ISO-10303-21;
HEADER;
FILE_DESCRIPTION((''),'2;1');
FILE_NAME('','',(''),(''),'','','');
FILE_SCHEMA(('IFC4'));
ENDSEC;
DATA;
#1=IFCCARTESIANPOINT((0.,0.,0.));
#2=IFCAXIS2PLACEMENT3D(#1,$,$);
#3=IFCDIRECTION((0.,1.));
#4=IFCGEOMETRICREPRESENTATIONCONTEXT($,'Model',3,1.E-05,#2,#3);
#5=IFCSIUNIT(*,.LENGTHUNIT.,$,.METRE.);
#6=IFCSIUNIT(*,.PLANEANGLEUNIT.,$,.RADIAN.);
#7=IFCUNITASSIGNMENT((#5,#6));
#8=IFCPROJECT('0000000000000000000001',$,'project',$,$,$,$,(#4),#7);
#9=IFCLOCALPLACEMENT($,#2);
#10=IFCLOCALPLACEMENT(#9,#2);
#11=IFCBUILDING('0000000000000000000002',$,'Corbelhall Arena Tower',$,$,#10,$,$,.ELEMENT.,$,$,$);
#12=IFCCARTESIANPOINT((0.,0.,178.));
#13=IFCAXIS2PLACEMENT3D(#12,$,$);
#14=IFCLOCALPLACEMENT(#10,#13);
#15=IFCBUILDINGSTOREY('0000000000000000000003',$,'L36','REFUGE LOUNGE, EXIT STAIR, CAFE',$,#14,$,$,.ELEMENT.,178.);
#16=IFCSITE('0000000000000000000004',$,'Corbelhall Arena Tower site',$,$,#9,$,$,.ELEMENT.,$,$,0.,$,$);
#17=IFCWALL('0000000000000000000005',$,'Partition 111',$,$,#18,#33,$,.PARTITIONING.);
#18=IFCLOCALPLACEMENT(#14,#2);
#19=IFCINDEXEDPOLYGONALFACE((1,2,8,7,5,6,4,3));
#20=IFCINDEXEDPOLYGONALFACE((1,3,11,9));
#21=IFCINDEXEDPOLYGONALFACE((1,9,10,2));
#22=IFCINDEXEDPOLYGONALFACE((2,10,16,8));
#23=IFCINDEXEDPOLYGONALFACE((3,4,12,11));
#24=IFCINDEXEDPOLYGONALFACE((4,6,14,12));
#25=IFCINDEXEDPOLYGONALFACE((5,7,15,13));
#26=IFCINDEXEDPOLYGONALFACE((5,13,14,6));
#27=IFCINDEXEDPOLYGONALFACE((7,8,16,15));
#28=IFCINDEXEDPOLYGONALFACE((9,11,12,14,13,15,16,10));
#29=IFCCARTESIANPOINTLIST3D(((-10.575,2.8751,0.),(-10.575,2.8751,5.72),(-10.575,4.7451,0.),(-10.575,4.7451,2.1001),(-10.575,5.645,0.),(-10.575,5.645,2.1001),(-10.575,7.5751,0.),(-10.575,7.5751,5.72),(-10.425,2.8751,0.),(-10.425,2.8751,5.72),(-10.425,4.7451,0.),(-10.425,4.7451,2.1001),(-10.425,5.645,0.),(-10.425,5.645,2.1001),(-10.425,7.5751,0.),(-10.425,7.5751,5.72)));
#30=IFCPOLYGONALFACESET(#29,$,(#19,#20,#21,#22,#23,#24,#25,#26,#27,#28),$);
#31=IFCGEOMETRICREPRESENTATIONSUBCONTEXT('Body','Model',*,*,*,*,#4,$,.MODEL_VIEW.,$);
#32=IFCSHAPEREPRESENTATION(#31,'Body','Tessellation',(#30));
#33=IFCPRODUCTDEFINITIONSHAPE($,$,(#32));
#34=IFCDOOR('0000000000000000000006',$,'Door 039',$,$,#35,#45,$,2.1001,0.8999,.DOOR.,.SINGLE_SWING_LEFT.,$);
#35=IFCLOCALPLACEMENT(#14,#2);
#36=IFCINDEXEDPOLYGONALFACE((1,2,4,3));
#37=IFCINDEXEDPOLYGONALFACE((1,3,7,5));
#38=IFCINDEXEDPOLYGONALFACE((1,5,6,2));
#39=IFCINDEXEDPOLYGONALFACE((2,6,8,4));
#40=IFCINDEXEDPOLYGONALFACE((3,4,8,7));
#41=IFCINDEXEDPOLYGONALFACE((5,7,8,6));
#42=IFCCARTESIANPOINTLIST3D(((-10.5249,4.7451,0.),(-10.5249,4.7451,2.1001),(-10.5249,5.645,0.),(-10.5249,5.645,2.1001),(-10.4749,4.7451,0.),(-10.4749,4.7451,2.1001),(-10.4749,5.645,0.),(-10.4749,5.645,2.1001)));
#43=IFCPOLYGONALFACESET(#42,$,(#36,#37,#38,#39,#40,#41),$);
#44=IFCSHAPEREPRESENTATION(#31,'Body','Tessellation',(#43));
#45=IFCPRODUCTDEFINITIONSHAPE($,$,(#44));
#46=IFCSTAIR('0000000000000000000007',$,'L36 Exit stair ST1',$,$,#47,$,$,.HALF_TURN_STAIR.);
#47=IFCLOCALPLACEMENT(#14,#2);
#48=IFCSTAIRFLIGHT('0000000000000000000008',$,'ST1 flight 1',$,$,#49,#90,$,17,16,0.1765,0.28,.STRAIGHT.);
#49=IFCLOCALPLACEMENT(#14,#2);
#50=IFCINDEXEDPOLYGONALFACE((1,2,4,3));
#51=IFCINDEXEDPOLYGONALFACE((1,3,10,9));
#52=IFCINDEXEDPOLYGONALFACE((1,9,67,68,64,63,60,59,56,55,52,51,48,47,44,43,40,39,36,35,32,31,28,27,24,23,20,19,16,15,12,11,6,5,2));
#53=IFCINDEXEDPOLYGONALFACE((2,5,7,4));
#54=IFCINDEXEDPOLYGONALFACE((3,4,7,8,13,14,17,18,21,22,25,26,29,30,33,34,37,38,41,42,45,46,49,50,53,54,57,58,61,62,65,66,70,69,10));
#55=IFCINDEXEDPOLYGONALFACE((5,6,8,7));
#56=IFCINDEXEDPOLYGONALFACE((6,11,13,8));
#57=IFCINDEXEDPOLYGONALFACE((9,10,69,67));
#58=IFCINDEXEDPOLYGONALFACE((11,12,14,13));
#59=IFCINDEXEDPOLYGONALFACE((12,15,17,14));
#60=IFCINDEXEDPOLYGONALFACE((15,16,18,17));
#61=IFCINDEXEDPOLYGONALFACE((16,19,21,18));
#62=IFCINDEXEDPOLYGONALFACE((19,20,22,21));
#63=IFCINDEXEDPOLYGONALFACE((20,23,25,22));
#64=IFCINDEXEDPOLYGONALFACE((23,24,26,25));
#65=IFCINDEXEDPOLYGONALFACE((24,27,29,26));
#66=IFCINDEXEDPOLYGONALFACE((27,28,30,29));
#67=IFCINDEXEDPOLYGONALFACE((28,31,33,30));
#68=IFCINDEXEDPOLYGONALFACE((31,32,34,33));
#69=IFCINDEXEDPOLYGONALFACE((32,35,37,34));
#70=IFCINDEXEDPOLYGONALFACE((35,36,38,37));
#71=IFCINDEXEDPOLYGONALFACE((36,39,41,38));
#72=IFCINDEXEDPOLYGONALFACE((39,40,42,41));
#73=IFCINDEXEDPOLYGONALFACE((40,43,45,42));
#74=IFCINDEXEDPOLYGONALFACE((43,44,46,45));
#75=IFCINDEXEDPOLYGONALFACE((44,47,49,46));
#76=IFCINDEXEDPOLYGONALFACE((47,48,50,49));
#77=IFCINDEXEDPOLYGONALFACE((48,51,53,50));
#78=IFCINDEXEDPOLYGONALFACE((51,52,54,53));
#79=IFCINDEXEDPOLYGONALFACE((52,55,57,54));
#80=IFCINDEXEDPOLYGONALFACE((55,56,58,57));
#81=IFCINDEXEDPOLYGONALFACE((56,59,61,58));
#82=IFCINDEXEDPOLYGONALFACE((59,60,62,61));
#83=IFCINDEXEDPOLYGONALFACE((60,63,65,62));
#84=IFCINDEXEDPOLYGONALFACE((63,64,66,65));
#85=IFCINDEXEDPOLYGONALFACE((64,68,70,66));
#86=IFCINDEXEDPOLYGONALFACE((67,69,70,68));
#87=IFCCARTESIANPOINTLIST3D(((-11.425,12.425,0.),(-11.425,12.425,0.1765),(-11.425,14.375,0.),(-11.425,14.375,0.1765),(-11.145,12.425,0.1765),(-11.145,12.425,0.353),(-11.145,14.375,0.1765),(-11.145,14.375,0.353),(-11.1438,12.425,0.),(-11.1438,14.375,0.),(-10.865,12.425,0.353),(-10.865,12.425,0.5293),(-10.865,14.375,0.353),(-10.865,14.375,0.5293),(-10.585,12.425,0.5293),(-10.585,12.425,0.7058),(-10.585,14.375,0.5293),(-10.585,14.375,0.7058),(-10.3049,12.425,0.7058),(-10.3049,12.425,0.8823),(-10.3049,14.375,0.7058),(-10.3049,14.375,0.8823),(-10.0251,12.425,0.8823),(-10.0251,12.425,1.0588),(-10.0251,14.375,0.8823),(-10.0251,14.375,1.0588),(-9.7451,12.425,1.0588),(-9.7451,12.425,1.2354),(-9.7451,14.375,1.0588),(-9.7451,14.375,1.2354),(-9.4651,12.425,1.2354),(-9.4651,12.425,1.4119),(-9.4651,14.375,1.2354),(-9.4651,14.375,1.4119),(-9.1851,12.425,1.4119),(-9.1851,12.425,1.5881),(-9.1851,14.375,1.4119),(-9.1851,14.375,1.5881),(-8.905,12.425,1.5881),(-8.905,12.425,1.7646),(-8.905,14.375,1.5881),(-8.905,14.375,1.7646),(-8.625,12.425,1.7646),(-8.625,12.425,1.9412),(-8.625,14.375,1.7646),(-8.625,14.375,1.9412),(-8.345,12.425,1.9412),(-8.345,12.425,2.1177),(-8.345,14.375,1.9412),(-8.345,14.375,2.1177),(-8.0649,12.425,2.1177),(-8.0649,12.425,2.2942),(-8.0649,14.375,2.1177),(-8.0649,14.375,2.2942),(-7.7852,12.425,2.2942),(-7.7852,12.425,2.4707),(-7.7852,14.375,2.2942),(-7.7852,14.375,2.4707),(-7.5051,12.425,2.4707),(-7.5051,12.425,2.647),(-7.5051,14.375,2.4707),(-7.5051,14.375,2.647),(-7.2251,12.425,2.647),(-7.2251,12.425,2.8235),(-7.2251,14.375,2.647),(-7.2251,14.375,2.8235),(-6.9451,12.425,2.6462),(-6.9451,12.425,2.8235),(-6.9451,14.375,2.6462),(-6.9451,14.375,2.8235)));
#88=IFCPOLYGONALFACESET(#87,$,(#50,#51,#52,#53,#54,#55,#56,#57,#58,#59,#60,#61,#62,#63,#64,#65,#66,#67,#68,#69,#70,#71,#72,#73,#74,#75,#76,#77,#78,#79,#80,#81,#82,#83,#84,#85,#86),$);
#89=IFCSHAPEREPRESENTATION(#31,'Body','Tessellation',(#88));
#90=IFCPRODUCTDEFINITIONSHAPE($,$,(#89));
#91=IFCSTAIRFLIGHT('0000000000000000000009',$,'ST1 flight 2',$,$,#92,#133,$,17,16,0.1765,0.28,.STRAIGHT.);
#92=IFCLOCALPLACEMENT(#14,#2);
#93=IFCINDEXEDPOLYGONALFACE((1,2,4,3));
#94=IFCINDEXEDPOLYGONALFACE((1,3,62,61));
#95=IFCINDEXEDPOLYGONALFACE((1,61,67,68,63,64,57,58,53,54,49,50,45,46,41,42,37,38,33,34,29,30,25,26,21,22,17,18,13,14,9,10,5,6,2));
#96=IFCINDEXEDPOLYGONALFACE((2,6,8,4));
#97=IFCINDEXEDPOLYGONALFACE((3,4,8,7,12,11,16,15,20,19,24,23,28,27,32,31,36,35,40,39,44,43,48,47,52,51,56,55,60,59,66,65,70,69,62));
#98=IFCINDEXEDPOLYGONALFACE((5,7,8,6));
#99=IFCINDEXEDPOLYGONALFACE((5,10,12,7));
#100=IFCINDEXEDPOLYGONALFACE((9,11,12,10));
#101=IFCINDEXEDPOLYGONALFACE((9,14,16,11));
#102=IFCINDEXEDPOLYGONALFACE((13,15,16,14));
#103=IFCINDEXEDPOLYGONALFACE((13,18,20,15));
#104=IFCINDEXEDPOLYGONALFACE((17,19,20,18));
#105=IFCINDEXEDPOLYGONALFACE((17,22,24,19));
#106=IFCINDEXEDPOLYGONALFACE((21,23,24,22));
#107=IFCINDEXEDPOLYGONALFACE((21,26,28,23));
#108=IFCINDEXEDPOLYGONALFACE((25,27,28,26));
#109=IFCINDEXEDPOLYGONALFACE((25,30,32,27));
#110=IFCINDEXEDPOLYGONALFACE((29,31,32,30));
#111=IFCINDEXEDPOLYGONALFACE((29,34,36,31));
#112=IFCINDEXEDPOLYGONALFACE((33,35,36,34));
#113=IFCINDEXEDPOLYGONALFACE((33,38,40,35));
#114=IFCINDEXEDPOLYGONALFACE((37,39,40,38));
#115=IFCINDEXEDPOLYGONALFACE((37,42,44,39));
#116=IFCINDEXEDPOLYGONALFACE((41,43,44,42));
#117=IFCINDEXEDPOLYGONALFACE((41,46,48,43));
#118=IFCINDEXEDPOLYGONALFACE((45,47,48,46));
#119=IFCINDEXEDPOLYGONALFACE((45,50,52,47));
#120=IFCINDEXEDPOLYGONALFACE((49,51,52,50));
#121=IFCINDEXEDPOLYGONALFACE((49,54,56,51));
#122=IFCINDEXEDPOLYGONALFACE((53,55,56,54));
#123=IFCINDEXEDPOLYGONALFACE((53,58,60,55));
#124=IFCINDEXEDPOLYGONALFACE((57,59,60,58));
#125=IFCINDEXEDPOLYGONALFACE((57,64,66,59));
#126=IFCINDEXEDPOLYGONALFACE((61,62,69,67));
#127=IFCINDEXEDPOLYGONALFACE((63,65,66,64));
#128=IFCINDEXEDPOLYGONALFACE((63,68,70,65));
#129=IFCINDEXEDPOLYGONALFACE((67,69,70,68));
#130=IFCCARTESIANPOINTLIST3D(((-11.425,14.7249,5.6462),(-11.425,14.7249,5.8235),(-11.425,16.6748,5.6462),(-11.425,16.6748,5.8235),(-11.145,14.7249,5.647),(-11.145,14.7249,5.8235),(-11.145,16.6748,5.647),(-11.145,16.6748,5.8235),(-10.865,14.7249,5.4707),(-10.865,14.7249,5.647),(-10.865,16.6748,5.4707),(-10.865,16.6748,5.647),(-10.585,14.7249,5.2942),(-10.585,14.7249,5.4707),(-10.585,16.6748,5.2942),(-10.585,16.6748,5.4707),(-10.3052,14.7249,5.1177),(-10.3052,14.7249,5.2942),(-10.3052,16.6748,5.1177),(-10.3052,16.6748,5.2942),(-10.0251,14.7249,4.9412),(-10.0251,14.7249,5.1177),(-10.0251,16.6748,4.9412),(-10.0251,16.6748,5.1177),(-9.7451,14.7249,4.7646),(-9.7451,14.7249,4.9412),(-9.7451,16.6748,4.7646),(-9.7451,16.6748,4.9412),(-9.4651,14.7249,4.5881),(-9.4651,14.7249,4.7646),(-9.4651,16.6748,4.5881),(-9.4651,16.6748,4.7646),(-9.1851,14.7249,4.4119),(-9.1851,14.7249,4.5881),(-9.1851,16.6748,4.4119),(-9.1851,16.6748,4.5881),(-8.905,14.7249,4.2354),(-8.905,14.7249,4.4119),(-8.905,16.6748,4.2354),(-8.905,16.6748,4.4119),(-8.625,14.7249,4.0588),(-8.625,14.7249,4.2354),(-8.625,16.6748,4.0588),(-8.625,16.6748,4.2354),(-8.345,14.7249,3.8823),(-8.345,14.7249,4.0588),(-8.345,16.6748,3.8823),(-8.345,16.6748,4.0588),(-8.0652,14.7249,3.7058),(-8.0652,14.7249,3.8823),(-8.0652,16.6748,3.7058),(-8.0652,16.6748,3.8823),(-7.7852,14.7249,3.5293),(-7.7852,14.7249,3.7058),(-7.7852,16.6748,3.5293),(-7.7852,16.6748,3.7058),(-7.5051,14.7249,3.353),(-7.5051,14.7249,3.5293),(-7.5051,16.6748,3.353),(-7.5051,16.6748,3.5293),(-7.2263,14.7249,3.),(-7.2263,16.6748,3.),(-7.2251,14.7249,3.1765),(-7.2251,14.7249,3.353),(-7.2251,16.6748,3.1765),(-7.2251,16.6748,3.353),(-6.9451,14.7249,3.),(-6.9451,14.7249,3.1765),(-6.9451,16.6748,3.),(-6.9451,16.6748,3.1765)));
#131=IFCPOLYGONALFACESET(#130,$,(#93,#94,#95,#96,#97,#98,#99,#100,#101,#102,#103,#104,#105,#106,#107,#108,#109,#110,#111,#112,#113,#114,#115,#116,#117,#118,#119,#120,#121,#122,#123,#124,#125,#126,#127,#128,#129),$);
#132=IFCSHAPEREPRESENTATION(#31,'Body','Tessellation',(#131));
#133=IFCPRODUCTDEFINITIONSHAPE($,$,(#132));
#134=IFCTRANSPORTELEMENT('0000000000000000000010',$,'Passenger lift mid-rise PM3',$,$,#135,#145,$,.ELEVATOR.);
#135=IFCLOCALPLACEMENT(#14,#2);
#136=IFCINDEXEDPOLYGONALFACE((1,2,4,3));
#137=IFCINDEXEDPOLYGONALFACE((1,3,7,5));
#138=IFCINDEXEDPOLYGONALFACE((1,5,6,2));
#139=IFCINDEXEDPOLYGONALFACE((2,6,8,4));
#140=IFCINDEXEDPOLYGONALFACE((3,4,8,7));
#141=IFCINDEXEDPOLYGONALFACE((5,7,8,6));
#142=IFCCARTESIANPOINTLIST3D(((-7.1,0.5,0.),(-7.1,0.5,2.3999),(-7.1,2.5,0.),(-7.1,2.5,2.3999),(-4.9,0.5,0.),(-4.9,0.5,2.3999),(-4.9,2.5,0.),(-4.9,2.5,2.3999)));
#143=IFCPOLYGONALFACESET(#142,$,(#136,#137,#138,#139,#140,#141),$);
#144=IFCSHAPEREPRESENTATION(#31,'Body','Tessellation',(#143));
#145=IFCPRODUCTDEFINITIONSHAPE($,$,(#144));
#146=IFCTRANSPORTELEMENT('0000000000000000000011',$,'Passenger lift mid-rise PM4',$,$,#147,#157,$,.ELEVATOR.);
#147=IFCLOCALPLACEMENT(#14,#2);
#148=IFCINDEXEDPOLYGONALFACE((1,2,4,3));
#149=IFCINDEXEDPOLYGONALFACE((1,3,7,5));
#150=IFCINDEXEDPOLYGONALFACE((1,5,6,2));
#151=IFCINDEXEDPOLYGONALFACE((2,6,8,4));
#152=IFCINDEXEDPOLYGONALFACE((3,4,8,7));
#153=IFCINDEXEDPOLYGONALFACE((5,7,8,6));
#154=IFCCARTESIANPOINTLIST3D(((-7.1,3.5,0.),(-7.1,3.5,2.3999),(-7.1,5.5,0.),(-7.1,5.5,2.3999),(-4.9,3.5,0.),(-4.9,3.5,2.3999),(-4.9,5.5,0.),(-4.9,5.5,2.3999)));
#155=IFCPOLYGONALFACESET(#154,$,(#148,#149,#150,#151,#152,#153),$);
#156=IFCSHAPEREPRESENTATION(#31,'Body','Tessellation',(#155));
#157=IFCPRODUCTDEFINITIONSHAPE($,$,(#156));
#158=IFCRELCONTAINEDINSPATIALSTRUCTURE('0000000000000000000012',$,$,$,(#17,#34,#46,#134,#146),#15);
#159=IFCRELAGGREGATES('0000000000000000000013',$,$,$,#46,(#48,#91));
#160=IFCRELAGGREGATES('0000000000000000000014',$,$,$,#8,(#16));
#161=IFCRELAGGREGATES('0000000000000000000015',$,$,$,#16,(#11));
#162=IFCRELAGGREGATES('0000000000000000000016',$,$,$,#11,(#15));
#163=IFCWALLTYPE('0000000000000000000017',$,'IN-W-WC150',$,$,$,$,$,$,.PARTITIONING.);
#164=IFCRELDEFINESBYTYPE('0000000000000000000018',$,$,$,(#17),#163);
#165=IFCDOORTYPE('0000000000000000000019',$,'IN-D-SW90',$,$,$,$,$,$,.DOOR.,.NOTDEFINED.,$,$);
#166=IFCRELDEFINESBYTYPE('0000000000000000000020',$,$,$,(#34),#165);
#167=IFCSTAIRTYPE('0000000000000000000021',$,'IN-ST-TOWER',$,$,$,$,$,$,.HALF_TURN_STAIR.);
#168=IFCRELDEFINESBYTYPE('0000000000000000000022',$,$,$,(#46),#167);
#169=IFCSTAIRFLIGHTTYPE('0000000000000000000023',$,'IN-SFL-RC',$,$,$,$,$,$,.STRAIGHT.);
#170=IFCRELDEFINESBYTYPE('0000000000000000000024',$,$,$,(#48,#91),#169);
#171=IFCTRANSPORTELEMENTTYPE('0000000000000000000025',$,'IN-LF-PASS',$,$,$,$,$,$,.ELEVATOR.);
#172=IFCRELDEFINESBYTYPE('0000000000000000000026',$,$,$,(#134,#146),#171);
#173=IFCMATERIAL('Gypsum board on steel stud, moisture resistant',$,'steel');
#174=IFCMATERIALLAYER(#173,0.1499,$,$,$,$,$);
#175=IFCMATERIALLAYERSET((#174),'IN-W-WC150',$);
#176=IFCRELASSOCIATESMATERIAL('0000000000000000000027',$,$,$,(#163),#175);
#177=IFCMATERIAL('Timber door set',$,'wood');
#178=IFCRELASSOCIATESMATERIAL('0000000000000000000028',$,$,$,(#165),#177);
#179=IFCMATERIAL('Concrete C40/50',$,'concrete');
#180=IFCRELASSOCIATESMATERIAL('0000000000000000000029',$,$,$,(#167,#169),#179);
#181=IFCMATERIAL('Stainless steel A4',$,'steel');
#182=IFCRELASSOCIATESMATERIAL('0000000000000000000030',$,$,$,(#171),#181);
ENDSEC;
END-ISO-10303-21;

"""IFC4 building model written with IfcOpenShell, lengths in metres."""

from ifc_helpers import new_model, si_unit, direction, frame, frame_2d, origin, origin_2d, place, context, subcontext, project, spatial, polyline, rectangle, outline, extrude, material, layer, layer_set, type_object, element, fill, aggregate, save


model = new_model("IFC4")

# Units and contexts
model_context = context("Model", 3, precision=1e-05, world=origin(), true_north=direction((0.0, 1.0)))
body_context = subcontext(model_context, "Body", "Model", "MODEL_VIEW")
ifc_project = project(units=[si_unit("LENGTHUNIT", "METRE"), si_unit("PLANEANGLEUNIT", "RADIAN")], contexts=[model_context])

# Site, building, storey
site_placement = place(None, origin())
site = spatial("IfcSite", under=ifc_project, at=site_placement, Name="Corbelhall Arena Tower site", CompositionType="ELEMENT", RefElevation=0.0)
building_placement = place(site_placement, origin())
building = spatial("IfcBuilding", under=site, at=building_placement, Name="Corbelhall Arena Tower", CompositionType="ELEMENT")
storey_placement = place(building_placement, frame((0.0, 0.0, 178.0)))
storey = spatial("IfcBuildingStorey", under=building, at=storey_placement, Name="L36", Description="REFUGE LOUNGE, EXIT STAIR, CAFE", CompositionType="ELEMENT", Elevation=178.0)

# Shared definitions
ifc_material_1 = material(Name="Concrete C40/50", Category="concrete")

# Wall, opening, door
ifc_material_2 = material(Name="Gypsum board on steel stud, moisture resistant", Category="steel")
ifc_layer_1 = layer(ifc_material_2, 0.1499)
ifc_layer_set_1 = layer_set([ifc_layer_1], Name="IN-W-WC150")
wall_type_1 = type_object("IfcWallType", Name="IN-W-WC150", PredefinedType="PARTITIONING", material=ifc_layer_set_1)
wall_1_placement = place(storey_placement, frame((-10.5, 2.875, 0.0), z_axis=(0.0, 0.0, 1.0), x_axis=(0.0, 1.0, 0.0)))
wall_1 = element("IfcWall", 1, at=wall_1_placement, inside=storey, type_object=wall_type_1, Name="Partition 111", PredefinedType="PARTITIONING", context=body_context, shape_type="SweptSolid", body=[
    extrude(rectangle(XDim=4.7, YDim=0.1499, at=frame_2d((2.3501, 0.0))), origin(), (0.0, 0.0, 1.0), 5.72),
])
opening_1_placement = place(wall_1_placement, frame((1.8701, 0.0, 0.0)))
opening_1 = element("IfcOpeningElement", 2, at=opening_1_placement, cuts=wall_1, PredefinedType="OPENING", context=body_context, shape_type="SweptSolid", body=[
    extrude(rectangle(XDim=0.8999, YDim=2.1001, at=frame_2d((0.45, 1.05))), frame((0.0, 0.075, 0.0), z_axis=(0.0, -1.0, 0.0), x_axis=(1.0, 0.0, 0.0)), (0.0, 0.0, 1.0), 0.1499),
])
ifc_material_3 = material(Name="Timber door set", Category="wood")
door_type_1 = type_object("IfcDoorType", Name="IN-D-SW90", OperationType="NOTDEFINED", PredefinedType="DOOR", material=ifc_material_3)
door_1_placement = place(opening_1_placement, origin())
door_1 = element("IfcDoor", 3, at=door_1_placement, inside=storey, type_object=door_type_1, Name="Door 039", OperationType="SINGLE_SWING_LEFT", OverallHeight=2.1001, OverallWidth=0.8999, PredefinedType="DOOR", context=body_context, shape_type="SweptSolid", body=[
    extrude(rectangle(XDim=0.8999, YDim=2.1001, at=frame_2d((0.45, 1.05))), frame((0.0, 0.0249, 0.0), z_axis=(0.0, -1.0, 0.0), x_axis=(1.0, 0.0, 0.0)), (0.0, 0.0, 1.0), 0.05),
])
fill(opening_1, door_1)

# Stair, stair flights
stair_type = type_object("IfcStairType", Name="IN-ST-TOWER", PredefinedType="HALF_TURN_STAIR", material=ifc_material_1)
stair_placement = place(storey_placement, origin())
stair = element("IfcStair", 4, at=stair_placement, inside=storey, type_object=stair_type, Name="L36 Exit stair ST1", PredefinedType="HALF_TURN_STAIR")
stair_flight_type = type_object("IfcStairFlightType", Name="IN-SFL-RC", PredefinedType="STRAIGHT", material=ifc_material_1)
stair_flight_1_placement = place(storey_placement, frame((-11.425, 13.3999, 0.0), z_axis=(0.0, 0.0, 1.0), x_axis=(1.0, 0.0, 0.0)))
stair_flight_1 = element("IfcStairFlight", 5, at=stair_flight_1_placement, type_object=stair_flight_type, Name="ST1 flight 1", NumberOfRisers=17, NumberOfTreads=16, PredefinedType="STRAIGHT", RiserHeight=0.1765, TreadLength=0.28, context=body_context, shape_type="SweptSolid", body=[
    extrude(outline(polyline([(0.0, 0.0), (0.0, 0.1765), (0.28, 0.1765), (0.28, 0.353), (0.5601, 0.353), (0.5601, 0.5293), (0.8401, 0.5293), (0.8401, 0.7058), (1.1201, 0.7058), (1.1201, 0.8823), (1.3999, 0.8823), (1.3999, 1.0588), (1.6799, 1.0588), (1.6799, 1.2354), (1.96, 1.2354), (1.96, 1.4119), (2.24, 1.4119), (2.24, 1.5881), (2.52, 1.5881), (2.52, 1.7646), (2.8, 1.7646), (2.8, 1.9412), (3.0801, 1.9412), (3.0801, 2.1177), (3.3601, 2.1177), (3.3601, 2.2942), (3.6399, 2.2942), (3.6399, 2.4707), (3.9199, 2.4707), (3.9199, 2.647), (4.2, 2.647), (4.2, 2.8235), (4.48, 2.8235), (4.48, 3.0), (4.48, 2.6462), (0.2812, 0.0), (0.0, 0.0)])), frame((0.0, 0.9751, 0.0), z_axis=(0.0, -1.0, 0.0), x_axis=(1.0, 0.0, 0.0)), (0.0, 0.0, 1.0), 1.95),
])
stair_flight_2_placement = place(storey_placement, frame((-6.9451, 15.7, 3.0), z_axis=(0.0, 0.0, 1.0), x_axis=(-1.0, 0.0, 0.0)))
stair_flight_2 = element("IfcStairFlight", 6, at=stair_flight_2_placement, type_object=stair_flight_type, Name="ST1 flight 2", NumberOfRisers=17, NumberOfTreads=16, PredefinedType="STRAIGHT", RiserHeight=0.1765, TreadLength=0.28, context=body_context, shape_type="SweptSolid", body=[
    extrude(outline(polyline([(0.0, 0.0), (0.0, 0.1765), (0.28, 0.1765), (0.28, 0.353), (0.5601, 0.353), (0.5601, 0.5293), (0.8401, 0.5293), (0.8401, 0.7058), (1.1201, 0.7058), (1.1201, 0.8823), (1.3999, 0.8823), (1.3999, 1.0588), (1.6799, 1.0588), (1.6799, 1.2354), (1.96, 1.2354), (1.96, 1.4119), (2.24, 1.4119), (2.24, 1.5881), (2.52, 1.5881), (2.52, 1.7646), (2.8, 1.7646), (2.8, 1.9412), (3.0801, 1.9412), (3.0801, 2.1177), (3.3601, 2.1177), (3.3601, 2.2942), (3.6399, 2.2942), (3.6399, 2.4707), (3.9199, 2.4707), (3.9199, 2.647), (4.2, 2.647), (4.2, 2.8235), (4.48, 2.8235), (4.48, 3.0), (4.48, 2.6462), (0.2812, 0.0), (0.0, 0.0)])), frame((0.0, 0.9751, 0.0), z_axis=(0.0, -1.0, 0.0), x_axis=(1.0, 0.0, 0.0)), (0.0, 0.0, 1.0), 1.95),
])
aggregate(stair, [stair_flight_1, stair_flight_2])

# Transport elements
ifc_material_4 = material(Name="Stainless steel A4", Category="steel")
transport_element_type = type_object("IfcTransportElementType", Name="IN-LF-PASS", PredefinedType="ELEVATOR", material=ifc_material_4)
for number, where, z_axis, x_axis, name in (
    (7, (-6.0, 1.5, 0.0), (0.0, 0.0, 1.0), (1.0, 0.0, 0.0), "Passenger lift mid-rise PM3"),
    (8, (-6.0, 4.5, 0.0), (0.0, 0.0, 1.0), (1.0, 0.0, 0.0), "Passenger lift mid-rise PM4"),
):
    element("IfcTransportElement", number, at=place(storey_placement, frame(where, z_axis=z_axis, x_axis=x_axis)), inside=storey, type_object=transport_element_type, Name=name, PredefinedType="ELEVATOR", context=body_context, shape_type="SweptSolid", body=[
        extrude(rectangle(XDim=2.2, YDim=2.0, at=origin_2d()), origin(), (0.0, 0.0, 1.0), 2.3999),
    ])

save(model, "model.ifc")
